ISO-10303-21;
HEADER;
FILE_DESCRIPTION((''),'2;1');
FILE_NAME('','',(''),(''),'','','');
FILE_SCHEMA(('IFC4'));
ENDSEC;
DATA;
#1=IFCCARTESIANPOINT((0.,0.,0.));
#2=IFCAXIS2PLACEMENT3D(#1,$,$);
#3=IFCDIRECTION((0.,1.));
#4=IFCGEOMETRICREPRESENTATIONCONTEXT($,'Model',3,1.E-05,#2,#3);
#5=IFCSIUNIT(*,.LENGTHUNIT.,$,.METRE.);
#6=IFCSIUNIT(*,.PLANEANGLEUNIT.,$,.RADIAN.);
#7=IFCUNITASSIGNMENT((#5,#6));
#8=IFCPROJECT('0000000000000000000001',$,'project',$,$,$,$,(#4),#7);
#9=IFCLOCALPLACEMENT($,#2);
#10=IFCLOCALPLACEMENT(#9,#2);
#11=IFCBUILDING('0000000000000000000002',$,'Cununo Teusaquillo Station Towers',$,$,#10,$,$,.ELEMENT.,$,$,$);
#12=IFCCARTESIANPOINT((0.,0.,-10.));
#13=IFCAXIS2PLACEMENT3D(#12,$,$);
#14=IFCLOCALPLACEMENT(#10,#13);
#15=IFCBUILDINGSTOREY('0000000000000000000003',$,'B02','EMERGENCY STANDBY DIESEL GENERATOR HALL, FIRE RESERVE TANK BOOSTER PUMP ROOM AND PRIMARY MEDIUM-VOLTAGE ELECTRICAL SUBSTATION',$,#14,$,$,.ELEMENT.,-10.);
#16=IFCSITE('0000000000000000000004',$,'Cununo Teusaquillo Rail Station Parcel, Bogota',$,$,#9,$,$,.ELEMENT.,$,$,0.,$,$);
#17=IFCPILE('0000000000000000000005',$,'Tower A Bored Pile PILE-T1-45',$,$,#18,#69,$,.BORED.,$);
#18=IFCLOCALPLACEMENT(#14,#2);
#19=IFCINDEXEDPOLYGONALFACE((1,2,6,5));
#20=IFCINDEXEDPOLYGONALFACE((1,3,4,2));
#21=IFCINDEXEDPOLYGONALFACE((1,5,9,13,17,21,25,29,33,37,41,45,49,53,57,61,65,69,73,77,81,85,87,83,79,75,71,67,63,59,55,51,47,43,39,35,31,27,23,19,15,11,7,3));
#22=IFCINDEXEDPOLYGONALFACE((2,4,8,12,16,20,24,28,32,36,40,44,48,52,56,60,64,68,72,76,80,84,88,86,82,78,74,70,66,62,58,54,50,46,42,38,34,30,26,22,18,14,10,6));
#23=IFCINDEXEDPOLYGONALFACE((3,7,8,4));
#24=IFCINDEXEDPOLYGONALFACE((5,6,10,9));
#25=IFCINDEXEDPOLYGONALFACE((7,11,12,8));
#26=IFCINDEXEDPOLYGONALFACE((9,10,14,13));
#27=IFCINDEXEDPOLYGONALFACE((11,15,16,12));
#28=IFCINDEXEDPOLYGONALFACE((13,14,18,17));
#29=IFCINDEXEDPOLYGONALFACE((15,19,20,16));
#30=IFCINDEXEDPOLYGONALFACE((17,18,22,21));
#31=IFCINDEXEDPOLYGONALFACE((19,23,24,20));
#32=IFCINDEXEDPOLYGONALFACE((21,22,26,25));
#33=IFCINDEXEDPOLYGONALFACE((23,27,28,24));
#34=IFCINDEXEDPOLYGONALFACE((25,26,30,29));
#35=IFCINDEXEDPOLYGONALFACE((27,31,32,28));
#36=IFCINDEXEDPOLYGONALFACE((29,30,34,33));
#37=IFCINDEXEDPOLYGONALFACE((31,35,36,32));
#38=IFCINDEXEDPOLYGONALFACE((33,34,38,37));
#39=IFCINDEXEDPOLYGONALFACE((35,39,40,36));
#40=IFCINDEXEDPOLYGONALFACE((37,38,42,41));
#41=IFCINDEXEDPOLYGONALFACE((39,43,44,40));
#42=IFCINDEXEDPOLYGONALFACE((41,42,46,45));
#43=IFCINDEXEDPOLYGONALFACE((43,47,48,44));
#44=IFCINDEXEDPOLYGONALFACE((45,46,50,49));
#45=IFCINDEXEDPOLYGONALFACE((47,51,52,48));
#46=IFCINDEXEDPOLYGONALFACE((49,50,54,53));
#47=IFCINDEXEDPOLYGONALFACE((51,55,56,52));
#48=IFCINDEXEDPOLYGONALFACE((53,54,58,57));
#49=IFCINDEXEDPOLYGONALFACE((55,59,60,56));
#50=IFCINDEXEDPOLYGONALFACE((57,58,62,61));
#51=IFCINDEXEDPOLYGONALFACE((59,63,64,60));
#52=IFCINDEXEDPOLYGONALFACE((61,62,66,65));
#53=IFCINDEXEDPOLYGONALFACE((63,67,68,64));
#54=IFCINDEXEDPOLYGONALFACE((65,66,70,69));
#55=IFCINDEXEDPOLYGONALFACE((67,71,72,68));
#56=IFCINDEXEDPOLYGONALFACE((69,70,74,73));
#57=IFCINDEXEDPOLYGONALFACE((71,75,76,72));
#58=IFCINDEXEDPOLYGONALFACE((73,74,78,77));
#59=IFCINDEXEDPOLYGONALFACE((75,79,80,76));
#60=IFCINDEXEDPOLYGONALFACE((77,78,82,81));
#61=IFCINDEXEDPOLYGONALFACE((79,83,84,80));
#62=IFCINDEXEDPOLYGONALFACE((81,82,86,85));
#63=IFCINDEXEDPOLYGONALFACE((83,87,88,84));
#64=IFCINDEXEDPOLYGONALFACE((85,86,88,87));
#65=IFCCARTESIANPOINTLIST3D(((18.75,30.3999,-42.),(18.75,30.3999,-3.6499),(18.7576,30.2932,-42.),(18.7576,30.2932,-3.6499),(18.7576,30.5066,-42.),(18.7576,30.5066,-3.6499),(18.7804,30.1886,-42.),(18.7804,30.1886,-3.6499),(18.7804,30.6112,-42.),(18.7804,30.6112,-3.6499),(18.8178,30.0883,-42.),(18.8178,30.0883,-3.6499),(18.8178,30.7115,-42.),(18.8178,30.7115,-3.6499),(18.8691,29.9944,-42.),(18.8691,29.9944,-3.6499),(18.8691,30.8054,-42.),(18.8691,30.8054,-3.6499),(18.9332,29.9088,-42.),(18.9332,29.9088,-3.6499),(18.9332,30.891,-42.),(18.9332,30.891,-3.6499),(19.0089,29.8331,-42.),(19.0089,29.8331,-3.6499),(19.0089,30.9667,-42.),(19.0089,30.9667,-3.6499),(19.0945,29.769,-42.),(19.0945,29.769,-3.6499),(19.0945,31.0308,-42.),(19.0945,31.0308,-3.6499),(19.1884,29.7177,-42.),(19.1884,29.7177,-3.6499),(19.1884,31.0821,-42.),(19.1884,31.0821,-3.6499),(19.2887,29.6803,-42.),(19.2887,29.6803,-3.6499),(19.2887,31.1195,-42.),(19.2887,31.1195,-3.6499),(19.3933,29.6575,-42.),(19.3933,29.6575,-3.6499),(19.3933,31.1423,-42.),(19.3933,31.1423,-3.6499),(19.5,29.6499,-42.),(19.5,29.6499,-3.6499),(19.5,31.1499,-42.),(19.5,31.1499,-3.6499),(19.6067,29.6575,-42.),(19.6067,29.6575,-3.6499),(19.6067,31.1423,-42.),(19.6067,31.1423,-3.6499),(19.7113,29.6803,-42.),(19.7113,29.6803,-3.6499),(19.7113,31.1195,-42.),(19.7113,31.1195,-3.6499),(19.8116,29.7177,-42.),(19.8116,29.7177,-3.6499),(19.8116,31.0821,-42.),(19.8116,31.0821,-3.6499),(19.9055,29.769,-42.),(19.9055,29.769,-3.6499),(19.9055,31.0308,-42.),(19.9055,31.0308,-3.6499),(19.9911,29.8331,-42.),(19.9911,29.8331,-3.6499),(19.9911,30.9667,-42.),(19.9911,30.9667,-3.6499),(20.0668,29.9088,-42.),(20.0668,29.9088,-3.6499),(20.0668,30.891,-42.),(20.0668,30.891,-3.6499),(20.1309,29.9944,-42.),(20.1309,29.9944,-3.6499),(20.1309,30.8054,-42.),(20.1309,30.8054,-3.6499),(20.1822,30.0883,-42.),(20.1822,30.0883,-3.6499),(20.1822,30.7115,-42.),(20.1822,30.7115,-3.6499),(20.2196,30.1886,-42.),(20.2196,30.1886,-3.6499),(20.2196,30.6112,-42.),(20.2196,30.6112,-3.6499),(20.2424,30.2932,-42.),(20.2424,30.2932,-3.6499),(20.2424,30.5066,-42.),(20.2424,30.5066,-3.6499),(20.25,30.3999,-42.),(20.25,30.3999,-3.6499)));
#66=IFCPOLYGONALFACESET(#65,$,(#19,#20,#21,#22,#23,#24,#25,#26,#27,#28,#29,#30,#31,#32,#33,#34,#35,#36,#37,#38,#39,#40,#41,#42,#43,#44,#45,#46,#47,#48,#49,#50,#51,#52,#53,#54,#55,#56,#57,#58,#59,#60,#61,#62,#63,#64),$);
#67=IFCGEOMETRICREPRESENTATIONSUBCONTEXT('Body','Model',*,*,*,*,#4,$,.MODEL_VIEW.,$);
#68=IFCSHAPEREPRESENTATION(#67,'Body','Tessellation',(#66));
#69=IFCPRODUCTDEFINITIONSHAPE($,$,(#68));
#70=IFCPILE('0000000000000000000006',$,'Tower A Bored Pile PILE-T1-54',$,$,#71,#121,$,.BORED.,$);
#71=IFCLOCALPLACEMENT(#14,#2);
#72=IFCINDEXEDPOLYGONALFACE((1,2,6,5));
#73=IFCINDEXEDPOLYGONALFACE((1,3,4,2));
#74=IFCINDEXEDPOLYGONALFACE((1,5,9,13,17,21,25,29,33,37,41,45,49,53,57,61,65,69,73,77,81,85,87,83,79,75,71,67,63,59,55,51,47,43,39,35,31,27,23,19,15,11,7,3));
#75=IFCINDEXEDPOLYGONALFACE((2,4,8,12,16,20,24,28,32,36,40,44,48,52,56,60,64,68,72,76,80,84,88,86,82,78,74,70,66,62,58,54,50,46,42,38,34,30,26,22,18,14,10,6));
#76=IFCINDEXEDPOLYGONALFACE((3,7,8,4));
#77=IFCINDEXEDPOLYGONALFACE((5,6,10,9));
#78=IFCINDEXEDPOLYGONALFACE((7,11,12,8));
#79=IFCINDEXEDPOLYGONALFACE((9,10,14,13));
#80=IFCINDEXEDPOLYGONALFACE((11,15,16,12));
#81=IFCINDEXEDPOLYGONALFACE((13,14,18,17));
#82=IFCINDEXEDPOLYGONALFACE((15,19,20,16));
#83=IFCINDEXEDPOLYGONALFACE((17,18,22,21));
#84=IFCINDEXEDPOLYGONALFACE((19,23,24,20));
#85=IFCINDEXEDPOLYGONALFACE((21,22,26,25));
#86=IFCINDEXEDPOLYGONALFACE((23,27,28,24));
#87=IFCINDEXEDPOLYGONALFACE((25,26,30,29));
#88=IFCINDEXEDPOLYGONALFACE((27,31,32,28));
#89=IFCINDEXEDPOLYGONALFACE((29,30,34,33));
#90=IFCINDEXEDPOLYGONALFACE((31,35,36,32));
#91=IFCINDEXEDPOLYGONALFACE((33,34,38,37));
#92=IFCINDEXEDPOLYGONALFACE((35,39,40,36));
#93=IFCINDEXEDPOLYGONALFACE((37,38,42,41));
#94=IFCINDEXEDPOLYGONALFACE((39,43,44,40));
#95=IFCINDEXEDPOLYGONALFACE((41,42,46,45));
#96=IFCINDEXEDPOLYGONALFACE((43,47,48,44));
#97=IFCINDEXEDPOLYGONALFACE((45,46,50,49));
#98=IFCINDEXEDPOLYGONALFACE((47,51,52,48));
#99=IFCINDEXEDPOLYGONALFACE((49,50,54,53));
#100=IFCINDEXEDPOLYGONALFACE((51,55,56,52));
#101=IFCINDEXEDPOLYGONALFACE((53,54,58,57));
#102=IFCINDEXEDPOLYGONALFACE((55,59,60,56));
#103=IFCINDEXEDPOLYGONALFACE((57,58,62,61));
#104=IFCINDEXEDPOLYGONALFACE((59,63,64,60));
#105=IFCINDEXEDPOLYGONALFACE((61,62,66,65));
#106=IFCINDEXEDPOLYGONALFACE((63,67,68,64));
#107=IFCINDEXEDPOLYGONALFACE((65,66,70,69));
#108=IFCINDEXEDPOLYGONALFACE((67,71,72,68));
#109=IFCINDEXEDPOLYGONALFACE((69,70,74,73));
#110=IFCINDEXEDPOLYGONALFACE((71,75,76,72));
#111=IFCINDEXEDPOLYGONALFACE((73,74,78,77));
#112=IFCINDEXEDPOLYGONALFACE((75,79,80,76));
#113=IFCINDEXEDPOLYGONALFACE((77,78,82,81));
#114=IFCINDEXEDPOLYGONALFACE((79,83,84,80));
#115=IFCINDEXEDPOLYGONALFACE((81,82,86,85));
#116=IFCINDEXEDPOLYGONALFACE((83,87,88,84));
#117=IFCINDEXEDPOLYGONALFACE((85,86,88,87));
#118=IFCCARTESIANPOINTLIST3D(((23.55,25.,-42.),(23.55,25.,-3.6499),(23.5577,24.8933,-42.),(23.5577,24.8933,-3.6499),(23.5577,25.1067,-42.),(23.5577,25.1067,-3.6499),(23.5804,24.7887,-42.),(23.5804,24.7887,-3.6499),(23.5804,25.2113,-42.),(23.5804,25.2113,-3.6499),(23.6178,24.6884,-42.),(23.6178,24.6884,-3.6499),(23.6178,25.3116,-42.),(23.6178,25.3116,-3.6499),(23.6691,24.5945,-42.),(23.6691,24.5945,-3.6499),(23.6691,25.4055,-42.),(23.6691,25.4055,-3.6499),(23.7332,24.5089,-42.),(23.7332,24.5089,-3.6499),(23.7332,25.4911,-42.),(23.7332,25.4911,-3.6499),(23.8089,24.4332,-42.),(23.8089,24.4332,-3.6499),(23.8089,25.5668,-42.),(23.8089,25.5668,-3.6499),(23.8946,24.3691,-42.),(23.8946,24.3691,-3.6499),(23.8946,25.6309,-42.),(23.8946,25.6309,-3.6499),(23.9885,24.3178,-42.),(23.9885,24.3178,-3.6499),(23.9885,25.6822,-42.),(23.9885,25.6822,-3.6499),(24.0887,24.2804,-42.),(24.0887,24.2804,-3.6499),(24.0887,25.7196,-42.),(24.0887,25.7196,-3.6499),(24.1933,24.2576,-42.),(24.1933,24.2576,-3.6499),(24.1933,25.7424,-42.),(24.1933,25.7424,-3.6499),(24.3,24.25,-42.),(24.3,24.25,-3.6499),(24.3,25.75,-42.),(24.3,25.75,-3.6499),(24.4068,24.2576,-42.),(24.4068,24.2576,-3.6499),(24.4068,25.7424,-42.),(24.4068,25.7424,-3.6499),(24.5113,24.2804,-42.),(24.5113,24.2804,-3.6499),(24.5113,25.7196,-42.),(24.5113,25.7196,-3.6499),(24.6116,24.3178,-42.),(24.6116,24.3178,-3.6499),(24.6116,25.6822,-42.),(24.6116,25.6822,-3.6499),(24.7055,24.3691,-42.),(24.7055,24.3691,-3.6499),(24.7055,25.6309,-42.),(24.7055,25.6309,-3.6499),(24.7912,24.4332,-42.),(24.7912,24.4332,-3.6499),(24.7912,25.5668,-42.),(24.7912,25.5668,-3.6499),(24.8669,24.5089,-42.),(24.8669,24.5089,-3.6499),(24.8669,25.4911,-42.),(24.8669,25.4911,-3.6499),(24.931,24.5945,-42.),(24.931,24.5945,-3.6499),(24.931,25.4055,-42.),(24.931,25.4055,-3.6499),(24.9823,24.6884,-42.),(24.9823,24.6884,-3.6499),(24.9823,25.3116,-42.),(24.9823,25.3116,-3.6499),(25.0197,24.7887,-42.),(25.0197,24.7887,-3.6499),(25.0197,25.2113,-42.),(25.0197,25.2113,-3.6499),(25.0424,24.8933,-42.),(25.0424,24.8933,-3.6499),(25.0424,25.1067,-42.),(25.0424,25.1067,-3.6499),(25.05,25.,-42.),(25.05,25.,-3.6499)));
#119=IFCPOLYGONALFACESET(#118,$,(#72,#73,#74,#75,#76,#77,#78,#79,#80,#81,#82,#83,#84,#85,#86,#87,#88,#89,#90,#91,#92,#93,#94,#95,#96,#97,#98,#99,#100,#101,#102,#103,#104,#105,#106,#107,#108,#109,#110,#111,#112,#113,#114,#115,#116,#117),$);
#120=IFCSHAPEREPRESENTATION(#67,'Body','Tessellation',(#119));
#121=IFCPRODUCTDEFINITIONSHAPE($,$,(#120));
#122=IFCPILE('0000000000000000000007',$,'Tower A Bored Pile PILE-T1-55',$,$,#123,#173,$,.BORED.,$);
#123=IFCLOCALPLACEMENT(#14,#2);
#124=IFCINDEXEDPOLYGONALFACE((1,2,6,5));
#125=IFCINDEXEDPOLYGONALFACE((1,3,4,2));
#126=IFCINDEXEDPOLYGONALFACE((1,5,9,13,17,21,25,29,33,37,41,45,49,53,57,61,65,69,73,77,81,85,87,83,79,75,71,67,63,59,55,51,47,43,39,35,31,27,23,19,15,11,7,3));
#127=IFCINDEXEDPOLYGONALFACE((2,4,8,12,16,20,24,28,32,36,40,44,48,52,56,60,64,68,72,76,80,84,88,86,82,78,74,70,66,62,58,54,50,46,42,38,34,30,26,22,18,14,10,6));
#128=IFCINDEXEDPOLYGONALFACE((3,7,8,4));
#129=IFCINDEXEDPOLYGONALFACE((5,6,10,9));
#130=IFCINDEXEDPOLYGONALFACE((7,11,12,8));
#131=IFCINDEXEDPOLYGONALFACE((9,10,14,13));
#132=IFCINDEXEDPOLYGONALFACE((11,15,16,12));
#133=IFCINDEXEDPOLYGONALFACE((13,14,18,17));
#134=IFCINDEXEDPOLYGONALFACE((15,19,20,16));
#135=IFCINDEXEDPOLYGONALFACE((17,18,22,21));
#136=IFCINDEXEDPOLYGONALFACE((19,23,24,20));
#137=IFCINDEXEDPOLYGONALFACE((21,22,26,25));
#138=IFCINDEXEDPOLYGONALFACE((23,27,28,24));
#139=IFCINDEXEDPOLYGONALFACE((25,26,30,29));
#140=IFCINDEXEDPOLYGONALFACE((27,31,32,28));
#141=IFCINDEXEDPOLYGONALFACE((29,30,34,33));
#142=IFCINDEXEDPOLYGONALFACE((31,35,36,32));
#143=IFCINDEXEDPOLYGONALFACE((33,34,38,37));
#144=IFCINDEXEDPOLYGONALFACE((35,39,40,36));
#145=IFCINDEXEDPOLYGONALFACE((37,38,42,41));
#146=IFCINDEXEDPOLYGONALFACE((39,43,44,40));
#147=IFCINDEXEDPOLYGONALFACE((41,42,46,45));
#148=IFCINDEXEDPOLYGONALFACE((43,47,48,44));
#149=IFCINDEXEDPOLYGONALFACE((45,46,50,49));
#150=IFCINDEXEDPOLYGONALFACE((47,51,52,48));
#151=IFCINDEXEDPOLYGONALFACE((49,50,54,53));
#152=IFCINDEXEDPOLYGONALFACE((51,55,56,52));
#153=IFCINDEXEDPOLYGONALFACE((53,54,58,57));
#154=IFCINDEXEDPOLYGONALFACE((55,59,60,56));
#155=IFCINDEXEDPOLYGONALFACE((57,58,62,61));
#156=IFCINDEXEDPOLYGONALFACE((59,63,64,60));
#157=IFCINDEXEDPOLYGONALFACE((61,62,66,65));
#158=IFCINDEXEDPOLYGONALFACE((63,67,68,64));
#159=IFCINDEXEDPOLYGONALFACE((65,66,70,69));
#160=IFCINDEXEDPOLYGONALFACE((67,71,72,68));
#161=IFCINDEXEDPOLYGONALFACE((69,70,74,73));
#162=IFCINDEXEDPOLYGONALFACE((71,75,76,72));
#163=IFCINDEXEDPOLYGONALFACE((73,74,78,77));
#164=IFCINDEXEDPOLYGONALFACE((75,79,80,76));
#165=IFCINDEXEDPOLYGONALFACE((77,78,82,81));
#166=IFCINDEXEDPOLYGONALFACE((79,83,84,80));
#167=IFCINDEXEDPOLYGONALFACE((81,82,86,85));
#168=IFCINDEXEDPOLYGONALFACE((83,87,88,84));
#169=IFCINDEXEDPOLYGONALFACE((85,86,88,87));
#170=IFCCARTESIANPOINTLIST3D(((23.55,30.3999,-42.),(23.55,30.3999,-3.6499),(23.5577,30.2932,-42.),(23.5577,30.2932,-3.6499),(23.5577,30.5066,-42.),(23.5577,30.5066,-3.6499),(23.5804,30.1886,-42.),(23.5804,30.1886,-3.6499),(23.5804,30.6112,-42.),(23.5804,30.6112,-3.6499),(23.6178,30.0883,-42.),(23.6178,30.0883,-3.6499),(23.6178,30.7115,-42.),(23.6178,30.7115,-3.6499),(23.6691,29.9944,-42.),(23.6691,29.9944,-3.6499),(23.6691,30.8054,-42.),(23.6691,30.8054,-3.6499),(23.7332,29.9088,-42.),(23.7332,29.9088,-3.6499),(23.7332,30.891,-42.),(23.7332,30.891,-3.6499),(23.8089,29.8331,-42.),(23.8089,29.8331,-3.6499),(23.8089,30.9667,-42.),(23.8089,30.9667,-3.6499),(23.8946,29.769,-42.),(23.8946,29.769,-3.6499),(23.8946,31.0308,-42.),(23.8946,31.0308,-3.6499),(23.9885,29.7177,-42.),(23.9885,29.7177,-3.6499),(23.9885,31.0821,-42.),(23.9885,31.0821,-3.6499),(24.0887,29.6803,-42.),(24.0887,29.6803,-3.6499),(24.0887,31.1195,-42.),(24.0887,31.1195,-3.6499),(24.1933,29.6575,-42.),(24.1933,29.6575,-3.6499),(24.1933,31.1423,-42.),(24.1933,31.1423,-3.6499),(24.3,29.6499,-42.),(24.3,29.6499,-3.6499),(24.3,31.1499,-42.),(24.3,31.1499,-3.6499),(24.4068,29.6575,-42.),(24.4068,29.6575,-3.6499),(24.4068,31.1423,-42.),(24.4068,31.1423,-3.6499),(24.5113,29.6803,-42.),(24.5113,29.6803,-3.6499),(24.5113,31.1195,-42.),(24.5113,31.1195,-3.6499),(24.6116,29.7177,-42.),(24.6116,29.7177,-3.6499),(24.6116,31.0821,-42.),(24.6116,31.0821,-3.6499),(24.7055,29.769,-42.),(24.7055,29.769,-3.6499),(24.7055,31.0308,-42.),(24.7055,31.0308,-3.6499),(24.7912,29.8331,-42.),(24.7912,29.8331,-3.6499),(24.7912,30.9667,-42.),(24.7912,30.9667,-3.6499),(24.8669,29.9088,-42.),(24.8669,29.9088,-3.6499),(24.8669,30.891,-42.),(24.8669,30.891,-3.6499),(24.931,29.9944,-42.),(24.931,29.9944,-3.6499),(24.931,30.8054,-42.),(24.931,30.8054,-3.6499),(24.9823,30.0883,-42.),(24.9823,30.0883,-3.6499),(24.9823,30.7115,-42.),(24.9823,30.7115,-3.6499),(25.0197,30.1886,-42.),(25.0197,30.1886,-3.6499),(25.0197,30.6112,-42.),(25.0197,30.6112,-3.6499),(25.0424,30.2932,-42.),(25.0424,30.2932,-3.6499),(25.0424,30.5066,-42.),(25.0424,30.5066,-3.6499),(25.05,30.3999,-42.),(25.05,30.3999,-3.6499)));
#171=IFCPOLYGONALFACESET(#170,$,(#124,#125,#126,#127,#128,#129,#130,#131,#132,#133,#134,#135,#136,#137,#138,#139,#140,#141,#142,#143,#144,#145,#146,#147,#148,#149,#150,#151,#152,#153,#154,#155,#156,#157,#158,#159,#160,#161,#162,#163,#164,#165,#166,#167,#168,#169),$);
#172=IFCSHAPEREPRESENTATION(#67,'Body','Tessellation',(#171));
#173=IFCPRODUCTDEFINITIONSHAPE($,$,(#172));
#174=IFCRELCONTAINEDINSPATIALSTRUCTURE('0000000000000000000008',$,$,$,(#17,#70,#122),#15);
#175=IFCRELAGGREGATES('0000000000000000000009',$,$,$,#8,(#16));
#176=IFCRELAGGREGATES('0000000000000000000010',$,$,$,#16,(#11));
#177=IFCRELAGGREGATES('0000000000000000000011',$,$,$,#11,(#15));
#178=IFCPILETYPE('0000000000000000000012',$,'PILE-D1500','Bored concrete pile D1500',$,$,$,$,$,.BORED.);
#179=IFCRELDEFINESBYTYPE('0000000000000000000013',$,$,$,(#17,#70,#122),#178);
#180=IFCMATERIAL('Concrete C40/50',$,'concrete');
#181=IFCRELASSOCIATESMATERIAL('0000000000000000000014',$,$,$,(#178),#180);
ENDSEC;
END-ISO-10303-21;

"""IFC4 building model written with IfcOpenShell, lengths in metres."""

from ifc_helpers import new_model, si_unit, direction, frame, origin, origin_2d, place, context, subcontext, project, spatial, circle, extrude, material, material_profile, profile_set, type_object, element, save


model = new_model("IFC4")

# Units and contexts
model_context = context("Model", 3, precision=1e-05, world=origin(), true_north=direction((0.0, 1.0)))
body_context = subcontext(model_context, "Body", "Model", "MODEL_VIEW")
ifc_project = project(units=[si_unit("LENGTHUNIT", "METRE"), si_unit("PLANEANGLEUNIT", "RADIAN")], contexts=[model_context])

# Site, building, storey
site_placement = place(None, origin())
site = spatial("IfcSite", under=ifc_project, at=site_placement, Name="Cununo Teusaquillo Rail Station Parcel, Bogota", CompositionType="ELEMENT", RefElevation=0.0)
building_placement = place(site_placement, origin())
building = spatial("IfcBuilding", under=site, at=building_placement, Name="Cununo Teusaquillo Station Towers", CompositionType="ELEMENT")
storey_placement = place(building_placement, frame((0.0, 0.0, -10.0)))
storey = spatial("IfcBuildingStorey", under=building, at=storey_placement, Name="B02", Description="EMERGENCY STANDBY DIESEL GENERATOR HALL, FIRE RESERVE TANK BOOSTER PUMP ROOM AND PRIMARY MEDIUM-VOLTAGE ELECTRICAL SUBSTATION", CompositionType="ELEMENT", Elevation=-10.0)

# Piles
ifc_material_1 = material(Name="Concrete C40/50", Category="concrete")
ifc_material_profile_1 = material_profile(ifc_material_1, circle(Radius=0.75, at=origin_2d()), Name="PILE-BORED-1500")
ifc_profile_set_1 = profile_set([ifc_material_profile_1], Name="Concrete C40/50")
pile_type = type_object("IfcPileType", Name="PILE-D1500", Description="Bored concrete pile D1500", PredefinedType="BORED", material=ifc_profile_set_1)
for number, where, z_axis, x_axis, name in (
    (1, (19.5, 30.3999, -3.6499), (0.0, 0.0, -1.0), (1.0, 0.0, 0.0), "Tower A Bored Pile PILE-T1-45"),
    (2, (24.3, 25.0, -3.6499), (0.0, 0.0, -1.0), (1.0, 0.0, 0.0), "Tower A Bored Pile PILE-T1-54"),
    (3, (24.3, 30.3999, -3.6499), (0.0, 0.0, -1.0), (1.0, 0.0, 0.0), "Tower A Bored Pile PILE-T1-55"),
):
    element("IfcPile", number, at=place(storey_placement, frame(where, z_axis=z_axis, x_axis=x_axis)), inside=storey, type_object=pile_type, Name=name, PredefinedType="BORED", context=body_context, shape_type="SweptSolid", body=[
        extrude(circle(Radius=0.75, at=origin_2d()), origin(), (0.0, 0.0, 1.0), 38.3501),
    ])

save(model, "model.ifc")
